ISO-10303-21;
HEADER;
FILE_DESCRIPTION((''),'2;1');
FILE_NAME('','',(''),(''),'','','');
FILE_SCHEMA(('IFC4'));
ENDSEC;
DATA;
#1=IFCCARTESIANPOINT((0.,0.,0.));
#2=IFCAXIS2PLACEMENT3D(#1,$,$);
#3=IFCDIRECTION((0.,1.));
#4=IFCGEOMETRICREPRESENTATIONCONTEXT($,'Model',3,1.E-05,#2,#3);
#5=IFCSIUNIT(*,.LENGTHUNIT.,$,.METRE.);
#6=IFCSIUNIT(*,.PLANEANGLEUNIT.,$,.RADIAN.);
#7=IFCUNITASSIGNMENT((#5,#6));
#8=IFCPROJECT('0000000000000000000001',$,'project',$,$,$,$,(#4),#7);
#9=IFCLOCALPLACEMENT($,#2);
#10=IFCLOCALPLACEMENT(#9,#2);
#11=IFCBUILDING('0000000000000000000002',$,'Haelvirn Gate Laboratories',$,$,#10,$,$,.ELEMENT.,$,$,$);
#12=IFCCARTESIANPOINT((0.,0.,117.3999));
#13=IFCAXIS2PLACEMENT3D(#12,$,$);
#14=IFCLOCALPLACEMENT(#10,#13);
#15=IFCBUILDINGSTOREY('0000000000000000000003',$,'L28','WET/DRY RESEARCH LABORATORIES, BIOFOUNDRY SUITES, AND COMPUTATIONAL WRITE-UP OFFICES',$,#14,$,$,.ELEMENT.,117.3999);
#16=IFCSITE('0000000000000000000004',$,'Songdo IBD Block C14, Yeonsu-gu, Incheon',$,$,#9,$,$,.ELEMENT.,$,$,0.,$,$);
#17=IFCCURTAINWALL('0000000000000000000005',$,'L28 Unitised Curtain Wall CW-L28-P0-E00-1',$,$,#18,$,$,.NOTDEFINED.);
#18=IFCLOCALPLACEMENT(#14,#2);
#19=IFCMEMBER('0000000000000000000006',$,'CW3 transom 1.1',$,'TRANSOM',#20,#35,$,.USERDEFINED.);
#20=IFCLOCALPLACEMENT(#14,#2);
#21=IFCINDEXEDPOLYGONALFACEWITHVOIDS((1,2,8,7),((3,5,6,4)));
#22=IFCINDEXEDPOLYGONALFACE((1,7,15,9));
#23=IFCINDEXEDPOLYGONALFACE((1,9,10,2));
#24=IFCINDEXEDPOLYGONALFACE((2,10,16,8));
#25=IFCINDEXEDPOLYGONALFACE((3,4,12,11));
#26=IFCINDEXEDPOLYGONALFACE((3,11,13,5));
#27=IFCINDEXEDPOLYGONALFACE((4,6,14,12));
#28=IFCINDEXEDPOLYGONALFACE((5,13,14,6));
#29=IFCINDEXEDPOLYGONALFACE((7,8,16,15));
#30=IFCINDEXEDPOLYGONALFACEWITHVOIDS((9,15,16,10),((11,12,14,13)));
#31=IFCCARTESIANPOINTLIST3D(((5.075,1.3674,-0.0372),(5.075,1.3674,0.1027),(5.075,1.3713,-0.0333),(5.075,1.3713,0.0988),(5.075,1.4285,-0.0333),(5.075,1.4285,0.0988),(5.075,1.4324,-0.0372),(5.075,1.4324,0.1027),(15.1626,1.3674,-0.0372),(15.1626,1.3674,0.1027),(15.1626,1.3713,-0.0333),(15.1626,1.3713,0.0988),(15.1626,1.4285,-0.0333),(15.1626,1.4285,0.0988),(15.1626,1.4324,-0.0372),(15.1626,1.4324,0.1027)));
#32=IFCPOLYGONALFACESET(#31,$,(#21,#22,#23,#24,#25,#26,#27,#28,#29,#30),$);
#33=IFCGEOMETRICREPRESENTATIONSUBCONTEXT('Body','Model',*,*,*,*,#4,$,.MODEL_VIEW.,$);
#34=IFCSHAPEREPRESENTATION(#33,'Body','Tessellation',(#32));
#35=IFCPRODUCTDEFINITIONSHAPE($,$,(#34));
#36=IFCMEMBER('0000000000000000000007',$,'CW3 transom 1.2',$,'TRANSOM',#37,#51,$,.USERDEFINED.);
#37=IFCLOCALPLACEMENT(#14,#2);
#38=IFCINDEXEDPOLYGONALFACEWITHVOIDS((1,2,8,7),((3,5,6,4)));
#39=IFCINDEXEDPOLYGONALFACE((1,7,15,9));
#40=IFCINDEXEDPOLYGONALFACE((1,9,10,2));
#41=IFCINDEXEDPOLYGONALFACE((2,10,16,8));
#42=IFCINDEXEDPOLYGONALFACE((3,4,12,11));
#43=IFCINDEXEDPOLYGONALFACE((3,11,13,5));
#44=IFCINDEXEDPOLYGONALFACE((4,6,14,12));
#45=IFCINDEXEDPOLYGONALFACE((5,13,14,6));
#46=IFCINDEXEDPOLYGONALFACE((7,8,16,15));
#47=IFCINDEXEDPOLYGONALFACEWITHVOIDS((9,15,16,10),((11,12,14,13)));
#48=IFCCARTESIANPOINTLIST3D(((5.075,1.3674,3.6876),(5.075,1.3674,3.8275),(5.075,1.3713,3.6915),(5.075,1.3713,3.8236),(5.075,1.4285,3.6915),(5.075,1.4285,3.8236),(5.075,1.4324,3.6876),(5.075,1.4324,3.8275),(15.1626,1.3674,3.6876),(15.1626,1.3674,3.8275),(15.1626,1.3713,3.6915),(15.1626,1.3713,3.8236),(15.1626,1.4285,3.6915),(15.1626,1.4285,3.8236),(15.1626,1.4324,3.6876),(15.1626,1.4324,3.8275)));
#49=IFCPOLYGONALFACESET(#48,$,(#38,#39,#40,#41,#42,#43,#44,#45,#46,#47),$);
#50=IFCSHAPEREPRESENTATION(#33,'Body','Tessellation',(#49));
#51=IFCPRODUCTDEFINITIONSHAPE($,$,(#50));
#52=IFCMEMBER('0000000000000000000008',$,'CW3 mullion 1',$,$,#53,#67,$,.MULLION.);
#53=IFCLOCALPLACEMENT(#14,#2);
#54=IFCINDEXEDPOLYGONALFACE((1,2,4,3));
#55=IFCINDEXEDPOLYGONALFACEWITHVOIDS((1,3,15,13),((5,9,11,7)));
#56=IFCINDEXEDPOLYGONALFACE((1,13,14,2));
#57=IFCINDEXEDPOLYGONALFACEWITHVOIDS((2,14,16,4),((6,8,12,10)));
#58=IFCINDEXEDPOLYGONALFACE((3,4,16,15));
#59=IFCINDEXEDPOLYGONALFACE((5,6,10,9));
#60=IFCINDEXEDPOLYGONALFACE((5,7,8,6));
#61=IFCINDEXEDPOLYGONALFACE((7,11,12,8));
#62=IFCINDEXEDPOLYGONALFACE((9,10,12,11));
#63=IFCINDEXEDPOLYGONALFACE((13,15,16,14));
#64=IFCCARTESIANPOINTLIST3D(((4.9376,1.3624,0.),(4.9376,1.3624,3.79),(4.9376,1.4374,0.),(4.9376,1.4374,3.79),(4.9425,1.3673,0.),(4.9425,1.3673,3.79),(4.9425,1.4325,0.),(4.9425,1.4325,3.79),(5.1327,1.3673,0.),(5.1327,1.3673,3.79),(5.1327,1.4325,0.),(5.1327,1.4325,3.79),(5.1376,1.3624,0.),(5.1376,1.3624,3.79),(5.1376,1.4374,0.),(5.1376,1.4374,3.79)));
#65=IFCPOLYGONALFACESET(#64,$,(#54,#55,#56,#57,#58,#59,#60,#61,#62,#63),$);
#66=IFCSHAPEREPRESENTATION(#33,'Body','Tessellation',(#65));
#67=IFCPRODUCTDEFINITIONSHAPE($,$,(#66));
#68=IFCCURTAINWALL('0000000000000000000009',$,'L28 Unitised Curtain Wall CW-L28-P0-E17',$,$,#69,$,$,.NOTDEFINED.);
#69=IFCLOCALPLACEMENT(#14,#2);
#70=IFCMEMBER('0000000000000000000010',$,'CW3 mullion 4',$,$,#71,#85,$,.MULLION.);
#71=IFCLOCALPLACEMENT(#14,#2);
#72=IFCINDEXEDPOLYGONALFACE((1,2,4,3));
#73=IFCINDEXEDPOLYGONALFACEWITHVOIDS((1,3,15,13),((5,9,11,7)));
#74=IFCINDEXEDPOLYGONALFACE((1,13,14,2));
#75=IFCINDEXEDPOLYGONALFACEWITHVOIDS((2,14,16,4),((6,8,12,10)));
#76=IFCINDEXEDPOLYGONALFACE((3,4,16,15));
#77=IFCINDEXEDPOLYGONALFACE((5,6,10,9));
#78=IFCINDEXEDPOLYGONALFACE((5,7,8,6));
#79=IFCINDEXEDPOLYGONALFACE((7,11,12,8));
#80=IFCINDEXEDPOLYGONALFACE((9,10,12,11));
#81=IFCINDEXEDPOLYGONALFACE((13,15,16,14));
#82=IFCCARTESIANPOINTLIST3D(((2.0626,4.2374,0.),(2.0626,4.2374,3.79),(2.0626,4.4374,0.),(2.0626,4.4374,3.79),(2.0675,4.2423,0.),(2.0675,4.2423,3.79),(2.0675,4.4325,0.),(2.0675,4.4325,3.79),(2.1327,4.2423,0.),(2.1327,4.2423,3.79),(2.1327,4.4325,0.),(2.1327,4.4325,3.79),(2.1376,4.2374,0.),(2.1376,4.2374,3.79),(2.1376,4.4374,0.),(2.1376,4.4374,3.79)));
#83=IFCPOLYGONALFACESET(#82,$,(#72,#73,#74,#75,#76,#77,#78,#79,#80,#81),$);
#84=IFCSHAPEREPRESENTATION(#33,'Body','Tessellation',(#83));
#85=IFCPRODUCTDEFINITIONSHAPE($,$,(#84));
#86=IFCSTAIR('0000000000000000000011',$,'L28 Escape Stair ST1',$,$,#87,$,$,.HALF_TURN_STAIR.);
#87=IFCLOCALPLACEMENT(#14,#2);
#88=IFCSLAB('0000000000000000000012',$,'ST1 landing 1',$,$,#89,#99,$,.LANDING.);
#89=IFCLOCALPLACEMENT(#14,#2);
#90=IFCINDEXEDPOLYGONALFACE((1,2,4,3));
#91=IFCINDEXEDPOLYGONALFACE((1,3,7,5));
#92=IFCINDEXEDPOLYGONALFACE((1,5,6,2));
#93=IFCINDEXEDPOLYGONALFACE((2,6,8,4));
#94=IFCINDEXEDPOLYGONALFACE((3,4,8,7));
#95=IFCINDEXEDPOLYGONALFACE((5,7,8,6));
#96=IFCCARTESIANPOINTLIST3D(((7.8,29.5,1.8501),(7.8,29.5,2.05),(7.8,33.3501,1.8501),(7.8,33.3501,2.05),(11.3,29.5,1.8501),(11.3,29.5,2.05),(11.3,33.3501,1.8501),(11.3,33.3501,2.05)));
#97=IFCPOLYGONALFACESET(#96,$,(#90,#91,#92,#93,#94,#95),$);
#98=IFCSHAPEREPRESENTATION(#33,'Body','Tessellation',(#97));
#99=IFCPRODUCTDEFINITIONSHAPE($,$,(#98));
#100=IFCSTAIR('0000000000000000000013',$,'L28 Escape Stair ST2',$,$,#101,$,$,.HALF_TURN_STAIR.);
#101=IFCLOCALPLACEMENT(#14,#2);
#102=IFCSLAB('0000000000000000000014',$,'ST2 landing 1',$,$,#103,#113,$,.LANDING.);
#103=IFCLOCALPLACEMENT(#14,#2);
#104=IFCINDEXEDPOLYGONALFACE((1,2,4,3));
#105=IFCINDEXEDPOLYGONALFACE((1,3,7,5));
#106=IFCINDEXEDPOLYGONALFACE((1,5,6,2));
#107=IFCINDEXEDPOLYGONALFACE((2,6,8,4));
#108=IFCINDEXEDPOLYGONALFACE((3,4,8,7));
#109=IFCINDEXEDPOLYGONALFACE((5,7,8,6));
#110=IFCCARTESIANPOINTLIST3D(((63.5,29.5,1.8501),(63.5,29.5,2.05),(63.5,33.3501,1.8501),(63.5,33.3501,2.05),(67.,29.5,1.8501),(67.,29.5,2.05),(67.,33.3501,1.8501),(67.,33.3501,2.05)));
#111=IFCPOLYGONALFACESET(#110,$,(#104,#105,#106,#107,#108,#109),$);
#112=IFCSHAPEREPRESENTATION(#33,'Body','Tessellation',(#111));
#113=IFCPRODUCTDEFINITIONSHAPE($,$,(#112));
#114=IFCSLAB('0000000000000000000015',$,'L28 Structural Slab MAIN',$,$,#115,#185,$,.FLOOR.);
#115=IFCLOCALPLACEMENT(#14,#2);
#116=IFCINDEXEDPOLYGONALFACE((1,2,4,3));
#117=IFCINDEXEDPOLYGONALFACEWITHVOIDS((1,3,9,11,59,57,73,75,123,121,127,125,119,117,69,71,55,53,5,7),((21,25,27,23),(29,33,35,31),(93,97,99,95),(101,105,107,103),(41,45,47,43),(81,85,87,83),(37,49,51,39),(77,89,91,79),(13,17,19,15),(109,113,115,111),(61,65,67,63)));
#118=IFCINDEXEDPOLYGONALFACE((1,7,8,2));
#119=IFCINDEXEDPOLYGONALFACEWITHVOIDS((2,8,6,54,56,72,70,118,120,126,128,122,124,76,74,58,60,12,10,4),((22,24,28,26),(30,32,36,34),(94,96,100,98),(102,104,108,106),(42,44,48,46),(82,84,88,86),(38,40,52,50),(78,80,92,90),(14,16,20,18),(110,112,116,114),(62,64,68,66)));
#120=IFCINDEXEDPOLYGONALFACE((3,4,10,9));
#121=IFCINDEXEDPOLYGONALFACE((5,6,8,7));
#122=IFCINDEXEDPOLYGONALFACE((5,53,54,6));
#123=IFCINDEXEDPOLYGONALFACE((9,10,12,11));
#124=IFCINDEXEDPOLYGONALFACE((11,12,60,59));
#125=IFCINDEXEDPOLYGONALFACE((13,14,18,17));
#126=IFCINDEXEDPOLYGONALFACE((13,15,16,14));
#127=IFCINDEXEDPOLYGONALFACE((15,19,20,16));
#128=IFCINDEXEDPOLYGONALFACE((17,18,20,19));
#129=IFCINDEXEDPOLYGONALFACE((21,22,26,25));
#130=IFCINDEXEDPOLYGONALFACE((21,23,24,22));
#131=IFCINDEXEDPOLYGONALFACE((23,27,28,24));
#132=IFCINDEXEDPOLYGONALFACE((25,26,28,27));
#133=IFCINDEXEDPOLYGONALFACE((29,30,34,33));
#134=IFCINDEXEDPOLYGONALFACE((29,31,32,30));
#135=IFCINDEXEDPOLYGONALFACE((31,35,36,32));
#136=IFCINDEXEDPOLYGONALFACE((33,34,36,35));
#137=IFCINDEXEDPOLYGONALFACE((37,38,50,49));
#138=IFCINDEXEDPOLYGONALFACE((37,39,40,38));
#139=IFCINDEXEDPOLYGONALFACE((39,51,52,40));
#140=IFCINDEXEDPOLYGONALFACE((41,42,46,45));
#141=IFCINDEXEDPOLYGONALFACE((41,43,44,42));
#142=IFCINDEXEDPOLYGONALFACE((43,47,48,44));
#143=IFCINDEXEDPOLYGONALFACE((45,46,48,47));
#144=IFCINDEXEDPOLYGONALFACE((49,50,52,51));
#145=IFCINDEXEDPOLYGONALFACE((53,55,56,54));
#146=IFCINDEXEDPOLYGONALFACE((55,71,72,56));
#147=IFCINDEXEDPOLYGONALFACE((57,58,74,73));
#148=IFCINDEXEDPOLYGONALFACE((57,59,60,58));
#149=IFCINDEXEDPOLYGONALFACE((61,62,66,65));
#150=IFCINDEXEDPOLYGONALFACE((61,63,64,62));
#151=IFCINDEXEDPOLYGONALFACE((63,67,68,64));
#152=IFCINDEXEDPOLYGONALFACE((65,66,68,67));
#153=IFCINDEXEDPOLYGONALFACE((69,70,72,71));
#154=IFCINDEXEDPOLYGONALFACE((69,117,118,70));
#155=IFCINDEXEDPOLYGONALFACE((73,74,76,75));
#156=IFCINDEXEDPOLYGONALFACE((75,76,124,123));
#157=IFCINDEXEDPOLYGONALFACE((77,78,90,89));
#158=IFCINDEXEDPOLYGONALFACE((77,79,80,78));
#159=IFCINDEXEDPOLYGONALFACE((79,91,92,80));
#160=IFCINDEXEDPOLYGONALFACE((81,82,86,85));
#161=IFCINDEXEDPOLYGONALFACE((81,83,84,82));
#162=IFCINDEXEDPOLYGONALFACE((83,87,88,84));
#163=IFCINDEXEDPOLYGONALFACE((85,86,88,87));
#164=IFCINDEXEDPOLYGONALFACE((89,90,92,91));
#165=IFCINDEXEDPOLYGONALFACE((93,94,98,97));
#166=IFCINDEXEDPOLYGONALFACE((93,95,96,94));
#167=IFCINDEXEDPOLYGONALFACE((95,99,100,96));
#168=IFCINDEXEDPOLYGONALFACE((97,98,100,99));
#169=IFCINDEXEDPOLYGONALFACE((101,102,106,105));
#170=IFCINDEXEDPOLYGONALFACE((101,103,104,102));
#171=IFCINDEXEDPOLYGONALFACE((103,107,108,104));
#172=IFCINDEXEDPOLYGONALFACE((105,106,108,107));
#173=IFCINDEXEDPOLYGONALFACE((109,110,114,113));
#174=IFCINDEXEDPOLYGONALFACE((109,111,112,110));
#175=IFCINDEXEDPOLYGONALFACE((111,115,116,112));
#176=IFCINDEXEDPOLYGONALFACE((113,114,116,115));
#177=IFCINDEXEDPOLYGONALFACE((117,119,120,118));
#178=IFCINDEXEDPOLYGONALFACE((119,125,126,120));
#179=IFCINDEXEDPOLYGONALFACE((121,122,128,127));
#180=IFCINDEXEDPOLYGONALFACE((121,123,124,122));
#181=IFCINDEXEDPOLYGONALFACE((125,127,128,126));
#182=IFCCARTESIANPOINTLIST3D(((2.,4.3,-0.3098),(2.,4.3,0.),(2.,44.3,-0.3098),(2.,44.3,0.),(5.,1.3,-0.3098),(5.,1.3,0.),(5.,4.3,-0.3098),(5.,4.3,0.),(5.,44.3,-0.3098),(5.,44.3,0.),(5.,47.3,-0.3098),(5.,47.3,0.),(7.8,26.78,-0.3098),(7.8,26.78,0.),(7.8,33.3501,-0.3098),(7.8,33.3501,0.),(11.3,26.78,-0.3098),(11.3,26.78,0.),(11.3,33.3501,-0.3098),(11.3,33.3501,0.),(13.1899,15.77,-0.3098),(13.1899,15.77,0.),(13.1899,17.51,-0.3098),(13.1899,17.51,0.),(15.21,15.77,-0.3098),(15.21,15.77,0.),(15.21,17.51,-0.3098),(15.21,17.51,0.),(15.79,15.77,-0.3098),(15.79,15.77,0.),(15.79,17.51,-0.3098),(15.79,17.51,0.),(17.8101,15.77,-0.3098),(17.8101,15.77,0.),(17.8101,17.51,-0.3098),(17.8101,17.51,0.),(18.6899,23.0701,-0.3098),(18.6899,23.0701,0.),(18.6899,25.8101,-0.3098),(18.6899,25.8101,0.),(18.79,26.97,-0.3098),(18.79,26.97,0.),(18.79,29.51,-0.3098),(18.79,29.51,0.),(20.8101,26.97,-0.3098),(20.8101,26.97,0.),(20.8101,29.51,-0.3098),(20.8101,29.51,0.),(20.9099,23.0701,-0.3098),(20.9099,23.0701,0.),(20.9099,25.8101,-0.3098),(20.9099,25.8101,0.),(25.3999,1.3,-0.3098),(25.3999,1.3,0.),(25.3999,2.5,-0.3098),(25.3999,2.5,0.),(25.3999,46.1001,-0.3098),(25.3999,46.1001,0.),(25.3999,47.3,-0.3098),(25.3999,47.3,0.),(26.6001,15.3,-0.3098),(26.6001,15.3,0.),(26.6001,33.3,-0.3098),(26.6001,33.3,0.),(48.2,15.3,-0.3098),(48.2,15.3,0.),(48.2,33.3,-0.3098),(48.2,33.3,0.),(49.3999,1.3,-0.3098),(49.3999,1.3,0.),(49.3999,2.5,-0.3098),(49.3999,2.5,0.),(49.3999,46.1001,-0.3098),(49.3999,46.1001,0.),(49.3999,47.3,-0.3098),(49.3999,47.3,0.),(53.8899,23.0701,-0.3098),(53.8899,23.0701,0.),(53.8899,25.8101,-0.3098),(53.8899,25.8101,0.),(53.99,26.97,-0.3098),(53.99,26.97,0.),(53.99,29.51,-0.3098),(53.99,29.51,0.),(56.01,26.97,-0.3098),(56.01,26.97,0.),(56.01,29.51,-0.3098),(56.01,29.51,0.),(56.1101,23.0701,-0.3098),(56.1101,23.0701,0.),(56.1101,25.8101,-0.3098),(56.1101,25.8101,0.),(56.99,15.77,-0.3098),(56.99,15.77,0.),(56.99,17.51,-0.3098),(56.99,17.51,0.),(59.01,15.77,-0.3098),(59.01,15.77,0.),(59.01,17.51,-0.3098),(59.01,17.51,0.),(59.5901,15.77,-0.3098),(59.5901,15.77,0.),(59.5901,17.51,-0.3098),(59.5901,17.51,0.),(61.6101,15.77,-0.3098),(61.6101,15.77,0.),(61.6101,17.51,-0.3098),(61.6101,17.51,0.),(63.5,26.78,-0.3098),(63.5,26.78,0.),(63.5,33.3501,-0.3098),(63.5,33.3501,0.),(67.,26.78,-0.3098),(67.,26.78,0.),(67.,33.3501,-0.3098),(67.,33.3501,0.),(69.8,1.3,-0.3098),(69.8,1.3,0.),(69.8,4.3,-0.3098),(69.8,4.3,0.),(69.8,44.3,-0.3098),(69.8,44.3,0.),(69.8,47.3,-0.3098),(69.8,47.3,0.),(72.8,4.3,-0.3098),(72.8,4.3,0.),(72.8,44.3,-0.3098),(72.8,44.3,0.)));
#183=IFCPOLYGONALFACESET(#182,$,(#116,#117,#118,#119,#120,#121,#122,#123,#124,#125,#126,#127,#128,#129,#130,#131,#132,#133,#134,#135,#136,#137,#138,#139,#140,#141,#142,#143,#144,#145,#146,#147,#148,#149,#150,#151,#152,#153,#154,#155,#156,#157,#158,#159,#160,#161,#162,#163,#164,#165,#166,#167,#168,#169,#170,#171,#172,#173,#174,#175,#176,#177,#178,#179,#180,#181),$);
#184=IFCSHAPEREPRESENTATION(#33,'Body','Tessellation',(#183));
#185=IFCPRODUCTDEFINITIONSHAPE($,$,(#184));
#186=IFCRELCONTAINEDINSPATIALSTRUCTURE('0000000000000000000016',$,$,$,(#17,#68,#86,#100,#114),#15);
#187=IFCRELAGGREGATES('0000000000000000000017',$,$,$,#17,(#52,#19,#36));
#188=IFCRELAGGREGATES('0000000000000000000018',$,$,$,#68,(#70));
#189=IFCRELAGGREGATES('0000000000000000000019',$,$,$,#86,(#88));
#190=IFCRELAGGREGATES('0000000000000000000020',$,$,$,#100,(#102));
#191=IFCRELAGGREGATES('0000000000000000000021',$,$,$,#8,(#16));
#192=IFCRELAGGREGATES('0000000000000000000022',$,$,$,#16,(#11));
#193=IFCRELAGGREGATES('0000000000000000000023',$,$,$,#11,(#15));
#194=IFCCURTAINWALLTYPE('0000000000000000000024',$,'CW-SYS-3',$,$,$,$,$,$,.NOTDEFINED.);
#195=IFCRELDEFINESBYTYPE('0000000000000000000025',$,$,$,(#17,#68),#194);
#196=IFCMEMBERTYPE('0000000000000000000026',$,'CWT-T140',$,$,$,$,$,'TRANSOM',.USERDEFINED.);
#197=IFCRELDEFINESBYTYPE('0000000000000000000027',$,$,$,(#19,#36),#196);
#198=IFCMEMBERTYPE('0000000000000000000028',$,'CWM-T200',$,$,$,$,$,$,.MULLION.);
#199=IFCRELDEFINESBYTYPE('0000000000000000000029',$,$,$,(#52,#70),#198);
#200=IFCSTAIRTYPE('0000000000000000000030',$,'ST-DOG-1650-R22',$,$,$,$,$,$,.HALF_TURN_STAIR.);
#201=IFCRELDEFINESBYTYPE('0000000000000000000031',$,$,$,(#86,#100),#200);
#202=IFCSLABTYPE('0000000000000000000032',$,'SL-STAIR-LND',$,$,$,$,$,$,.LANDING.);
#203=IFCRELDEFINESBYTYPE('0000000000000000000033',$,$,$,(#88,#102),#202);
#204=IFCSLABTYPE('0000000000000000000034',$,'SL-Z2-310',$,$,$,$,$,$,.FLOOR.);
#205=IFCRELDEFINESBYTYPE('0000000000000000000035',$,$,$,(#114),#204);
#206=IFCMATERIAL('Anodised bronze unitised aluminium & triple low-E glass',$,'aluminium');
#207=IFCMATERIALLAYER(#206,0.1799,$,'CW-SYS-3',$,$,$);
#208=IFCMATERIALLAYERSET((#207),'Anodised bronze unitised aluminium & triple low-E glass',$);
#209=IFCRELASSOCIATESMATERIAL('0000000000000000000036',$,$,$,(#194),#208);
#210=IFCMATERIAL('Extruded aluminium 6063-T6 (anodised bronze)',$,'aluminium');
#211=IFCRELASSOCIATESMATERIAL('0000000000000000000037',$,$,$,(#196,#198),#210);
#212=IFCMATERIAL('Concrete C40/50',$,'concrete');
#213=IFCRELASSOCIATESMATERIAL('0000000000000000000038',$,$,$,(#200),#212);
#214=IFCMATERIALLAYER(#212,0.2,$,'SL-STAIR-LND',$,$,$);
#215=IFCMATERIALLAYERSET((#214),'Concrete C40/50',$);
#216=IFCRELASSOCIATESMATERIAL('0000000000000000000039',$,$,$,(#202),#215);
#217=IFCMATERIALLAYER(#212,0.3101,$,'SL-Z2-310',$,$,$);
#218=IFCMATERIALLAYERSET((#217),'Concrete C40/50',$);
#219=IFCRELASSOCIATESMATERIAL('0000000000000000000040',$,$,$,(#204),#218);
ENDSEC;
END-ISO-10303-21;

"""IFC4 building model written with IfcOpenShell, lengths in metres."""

from ifc_helpers import new_model, si_unit, direction, frame, origin, origin_2d, place, context, subcontext, project, spatial, polyline, hollow_rectangle, outline, extrude, source, transform, mapped, material, layer, layer_set, material_profile, profile_set, type_object, type_shapes, element, aggregate, save


model = new_model("IFC4")

# Units and contexts
model_context = context("Model", 3, precision=1e-05, world=origin(), true_north=direction((0.0, 1.0)))
body_context = subcontext(model_context, "Body", "Model", "MODEL_VIEW")
ifc_project = project(units=[si_unit("LENGTHUNIT", "METRE"), si_unit("PLANEANGLEUNIT", "RADIAN")], contexts=[model_context])

# Site, building, storey
site_placement = place(None, origin())
site = spatial("IfcSite", under=ifc_project, at=site_placement, Name="Songdo IBD Block C14, Yeonsu-gu, Incheon", CompositionType="ELEMENT", RefElevation=0.0)
building_placement = place(site_placement, origin())
building = spatial("IfcBuilding", under=site, at=building_placement, Name="Haelvirn Gate Laboratories", CompositionType="ELEMENT")
storey_placement = place(building_placement, frame((0.0, 0.0, 117.3999)))
storey = spatial("IfcBuildingStorey", under=building, at=storey_placement, Name="L28", Description="WET/DRY RESEARCH LABORATORIES, BIOFOUNDRY SUITES, AND COMPUTATIONAL WRITE-UP OFFICES", CompositionType="ELEMENT", Elevation=117.3999)

# Curtain wall, members
ifc_material_1 = material(Name="Anodised bronze unitised aluminium & triple low-E glass", Category="aluminium")
ifc_layer_1 = layer(ifc_material_1, 0.1799, Name="CW-SYS-3")
ifc_layer_set_1 = layer_set([ifc_layer_1], Name="Anodised bronze unitised aluminium & triple low-E glass")
curtain_wall_type = type_object("IfcCurtainWallType", Name="CW-SYS-3", PredefinedType="NOTDEFINED", material=ifc_layer_set_1)
curtain_wall_1_placement = place(storey_placement, origin())
curtain_wall_1 = element("IfcCurtainWall", 1, at=curtain_wall_1_placement, inside=storey, type_object=curtain_wall_type, Name="L28 Unitised Curtain Wall CW-L28-P0-E00-1", PredefinedType="NOTDEFINED")
ifc_material_2 = material(Name="Extruded aluminium 6063-T6 (anodised bronze)", Category="aluminium")
ifc_material_profile_1 = material_profile(ifc_material_2, hollow_rectangle(XDim=0.0649, YDim=0.1399, WallThickness=0.0039, at=origin_2d()), Name="CWT-140x65x4")
ifc_profile_set_1 = profile_set([ifc_material_profile_1], Name="Extruded aluminium 6063-T6 (anodised bronze)")
member_type_1 = type_object("IfcMemberType", Name="CWT-T140", ElementType="TRANSOM", PredefinedType="USERDEFINED", material=ifc_profile_set_1)
shared_shape_1 = source(origin(), body_context, "Body", "SweptSolid", [
    extrude(hollow_rectangle(XDim=0.0649, YDim=0.1399, WallThickness=0.0039, at=origin_2d()), origin(), (0.0, 0.0, 1.0), 10.0876),
])
type_shapes(member_type_1, [shared_shape_1])
member_1_placement = place(storey_placement, frame((5.075, 1.3999, 0.0327), z_axis=(1.0, 0.0, 0.0), x_axis=(0.0, 1.0, 0.0)))
member_1 = element("IfcMember", 2, at=member_1_placement, type_object=member_type_1, Name="CW3 transom 1.1", ObjectType="TRANSOM", PredefinedType="USERDEFINED", context=body_context, shape_type="MappedRepresentation", body=[
    mapped(shared_shape_1, transform((0.0, 0.0, 0.0), scale=1.0)),
])
member_2_placement = place(storey_placement, frame((5.075, 1.3999, 3.7576), z_axis=(1.0, 0.0, 0.0), x_axis=(0.0, 1.0, 0.0)))
member_2 = element("IfcMember", 3, at=member_2_placement, type_object=member_type_1, Name="CW3 transom 1.2", ObjectType="TRANSOM", PredefinedType="USERDEFINED", context=body_context, shape_type="MappedRepresentation", body=[
    mapped(shared_shape_1, transform((0.0, 0.0, 0.0), scale=1.0)),
])
ifc_material_profile_2 = material_profile(ifc_material_2, hollow_rectangle(XDim=0.075, YDim=0.2, WallThickness=0.0049, at=origin_2d()), Name="CWM-200x75x5")
ifc_profile_set_2 = profile_set([ifc_material_profile_2], Name="Extruded aluminium 6063-T6 (anodised bronze)")
member_type_2 = type_object("IfcMemberType", Name="CWM-T200", PredefinedType="MULLION", material=ifc_profile_set_2)
shared_shape_2 = source(origin(), body_context, "Body", "SweptSolid", [
    extrude(hollow_rectangle(XDim=0.075, YDim=0.2, WallThickness=0.0049, at=origin_2d()), origin(), (0.0, 0.0, 1.0), 3.79),
])
type_shapes(member_type_2, [shared_shape_2])
member_3_placement = place(storey_placement, frame((5.0376, 1.3999, 0.0), z_axis=(0.0, 0.0, 1.0), x_axis=(0.0, 1.0, 0.0)))
member_3 = element("IfcMember", 4, at=member_3_placement, type_object=member_type_2, Name="CW3 mullion 1", PredefinedType="MULLION", context=body_context, shape_type="MappedRepresentation", body=[
    mapped(shared_shape_2, transform((0.0, 0.0, 0.0), scale=1.0)),
])
aggregate(curtain_wall_1, [member_3, member_1, member_2])

# Curtain wall, member
curtain_wall_2_placement = place(storey_placement, origin())
curtain_wall_2 = element("IfcCurtainWall", 5, at=curtain_wall_2_placement, inside=storey, type_object=curtain_wall_type, Name="L28 Unitised Curtain Wall CW-L28-P0-E17", PredefinedType="NOTDEFINED")
member_4_placement = place(storey_placement, frame((2.1001, 4.3374, 0.0), z_axis=(0.0, 0.0, 1.0), x_axis=(1.0, 0.0, 0.0)))
member_4 = element("IfcMember", 6, at=member_4_placement, type_object=member_type_2, Name="CW3 mullion 4", PredefinedType="MULLION", context=body_context, shape_type="MappedRepresentation", body=[
    mapped(shared_shape_2, transform((0.0, 0.0, 0.0), scale=1.0)),
])
aggregate(curtain_wall_2, [member_4])

# Stairs, slabs
ifc_material_3 = material(Name="Concrete C40/50", Category="concrete")
stair_type = type_object("IfcStairType", Name="ST-DOG-1650-R22", PredefinedType="HALF_TURN_STAIR", material=ifc_material_3)
stair_1_placement = place(storey_placement, origin())
stair_1 = element("IfcStair", 7, at=stair_1_placement, inside=storey, type_object=stair_type, Name="L28 Escape Stair ST1", PredefinedType="HALF_TURN_STAIR")
ifc_layer_2 = layer(ifc_material_3, 0.2, Name="SL-STAIR-LND")
ifc_layer_set_2 = layer_set([ifc_layer_2], Name="Concrete C40/50")
slab_type_1 = type_object("IfcSlabType", Name="SL-STAIR-LND", PredefinedType="LANDING", material=ifc_layer_set_2)
slab_1_placement = place(storey_placement, frame((0.0, 0.0, 1.8501)))
slab_1 = element("IfcSlab", 8, at=slab_1_placement, type_object=slab_type_1, Name="ST1 landing 1", PredefinedType="LANDING", context=body_context, shape_type="SweptSolid", body=[
    extrude(outline(polyline([(11.3, 29.5), (11.3, 33.3501), (7.8, 33.3501), (7.8, 29.5), (11.3, 29.5)])), origin(), (0.0, 0.0, 1.0), 0.2),
])
aggregate(stair_1, [slab_1])
stair_2_placement = place(storey_placement, origin())
stair_2 = element("IfcStair", 9, at=stair_2_placement, inside=storey, type_object=stair_type, Name="L28 Escape Stair ST2", PredefinedType="HALF_TURN_STAIR")
slab_2_placement = place(storey_placement, frame((0.0, 0.0, 1.8501)))
slab_2 = element("IfcSlab", 10, at=slab_2_placement, type_object=slab_type_1, Name="ST2 landing 1", PredefinedType="LANDING", context=body_context, shape_type="SweptSolid", body=[
    extrude(outline(polyline([(67.0, 29.5), (67.0, 33.3501), (63.5, 33.3501), (63.5, 29.5), (67.0, 29.5)])), origin(), (0.0, 0.0, 1.0), 0.2),
])
aggregate(stair_2, [slab_2])

# Slab
ifc_layer_3 = layer(ifc_material_3, 0.3101, Name="SL-Z2-310")
ifc_layer_set_3 = layer_set([ifc_layer_3], Name="Concrete C40/50")
slab_type_2 = type_object("IfcSlabType", Name="SL-Z2-310", PredefinedType="FLOOR", material=ifc_layer_set_3)
slab_3_placement = place(storey_placement, frame((0.0, 0.0, -0.3098)))
element("IfcSlab", 11, at=slab_3_placement, inside=storey, type_object=slab_type_2, Name="L28 Structural Slab MAIN", PredefinedType="FLOOR", context=body_context, shape_type="SweptSolid", body=[
    extrude(outline(polyline([(5.0, 1.3), (25.3999, 1.3), (25.3999, 2.5), (49.3999, 2.5), (49.3999, 1.3), (69.8, 1.3), (69.8, 4.3), (72.8, 4.3), (72.8, 44.3), (69.8, 44.3), (69.8, 47.3), (49.3999, 47.3), (49.3999, 46.1001), (25.3999, 46.1001), (25.3999, 47.3), (5.0, 47.3), (5.0, 44.3), (2.0, 44.3), (2.0, 4.3), (5.0, 4.3), (5.0, 1.3)]), holes=[polyline([(26.6001, 15.3), (48.2, 15.3), (48.2, 33.3), (26.6001, 33.3), (26.6001, 15.3)]), polyline([(11.3, 26.78), (11.3, 33.3501), (7.8, 33.3501), (7.8, 26.78), (11.3, 26.78)]), polyline([(67.0, 26.78), (67.0, 33.3501), (63.5, 33.3501), (63.5, 26.78), (67.0, 26.78)]), polyline([(13.1899, 15.77), (15.21, 15.77), (15.21, 17.51), (13.1899, 17.51), (13.1899, 15.77)]), polyline([(15.79, 15.77), (17.8101, 15.77), (17.8101, 17.51), (15.79, 17.51), (15.79, 15.77)]), polyline([(18.79, 26.97), (20.8101, 26.97), (20.8101, 29.51), (18.79, 29.51), (18.79, 26.97)]), polyline([(18.6899, 23.0701), (20.9099, 23.0701), (20.9099, 25.8101), (18.6899, 25.8101), (18.6899, 23.0701)]), polyline([(59.5901, 15.77), (61.6101, 15.77), (61.6101, 17.51), (59.5901, 17.51), (59.5901, 15.77)]), polyline([(56.99, 15.77), (59.01, 15.77), (59.01, 17.51), (56.99, 17.51), (56.99, 15.77)]), polyline([(53.99, 26.97), (56.01, 26.97), (56.01, 29.51), (53.99, 29.51), (53.99, 26.97)]), polyline([(53.8899, 23.0701), (56.1101, 23.0701), (56.1101, 25.8101), (53.8899, 25.8101), (53.8899, 23.0701)])]), origin(), (0.0, 0.0, 1.0), 0.3098),
])

save(model, "model.ifc")
